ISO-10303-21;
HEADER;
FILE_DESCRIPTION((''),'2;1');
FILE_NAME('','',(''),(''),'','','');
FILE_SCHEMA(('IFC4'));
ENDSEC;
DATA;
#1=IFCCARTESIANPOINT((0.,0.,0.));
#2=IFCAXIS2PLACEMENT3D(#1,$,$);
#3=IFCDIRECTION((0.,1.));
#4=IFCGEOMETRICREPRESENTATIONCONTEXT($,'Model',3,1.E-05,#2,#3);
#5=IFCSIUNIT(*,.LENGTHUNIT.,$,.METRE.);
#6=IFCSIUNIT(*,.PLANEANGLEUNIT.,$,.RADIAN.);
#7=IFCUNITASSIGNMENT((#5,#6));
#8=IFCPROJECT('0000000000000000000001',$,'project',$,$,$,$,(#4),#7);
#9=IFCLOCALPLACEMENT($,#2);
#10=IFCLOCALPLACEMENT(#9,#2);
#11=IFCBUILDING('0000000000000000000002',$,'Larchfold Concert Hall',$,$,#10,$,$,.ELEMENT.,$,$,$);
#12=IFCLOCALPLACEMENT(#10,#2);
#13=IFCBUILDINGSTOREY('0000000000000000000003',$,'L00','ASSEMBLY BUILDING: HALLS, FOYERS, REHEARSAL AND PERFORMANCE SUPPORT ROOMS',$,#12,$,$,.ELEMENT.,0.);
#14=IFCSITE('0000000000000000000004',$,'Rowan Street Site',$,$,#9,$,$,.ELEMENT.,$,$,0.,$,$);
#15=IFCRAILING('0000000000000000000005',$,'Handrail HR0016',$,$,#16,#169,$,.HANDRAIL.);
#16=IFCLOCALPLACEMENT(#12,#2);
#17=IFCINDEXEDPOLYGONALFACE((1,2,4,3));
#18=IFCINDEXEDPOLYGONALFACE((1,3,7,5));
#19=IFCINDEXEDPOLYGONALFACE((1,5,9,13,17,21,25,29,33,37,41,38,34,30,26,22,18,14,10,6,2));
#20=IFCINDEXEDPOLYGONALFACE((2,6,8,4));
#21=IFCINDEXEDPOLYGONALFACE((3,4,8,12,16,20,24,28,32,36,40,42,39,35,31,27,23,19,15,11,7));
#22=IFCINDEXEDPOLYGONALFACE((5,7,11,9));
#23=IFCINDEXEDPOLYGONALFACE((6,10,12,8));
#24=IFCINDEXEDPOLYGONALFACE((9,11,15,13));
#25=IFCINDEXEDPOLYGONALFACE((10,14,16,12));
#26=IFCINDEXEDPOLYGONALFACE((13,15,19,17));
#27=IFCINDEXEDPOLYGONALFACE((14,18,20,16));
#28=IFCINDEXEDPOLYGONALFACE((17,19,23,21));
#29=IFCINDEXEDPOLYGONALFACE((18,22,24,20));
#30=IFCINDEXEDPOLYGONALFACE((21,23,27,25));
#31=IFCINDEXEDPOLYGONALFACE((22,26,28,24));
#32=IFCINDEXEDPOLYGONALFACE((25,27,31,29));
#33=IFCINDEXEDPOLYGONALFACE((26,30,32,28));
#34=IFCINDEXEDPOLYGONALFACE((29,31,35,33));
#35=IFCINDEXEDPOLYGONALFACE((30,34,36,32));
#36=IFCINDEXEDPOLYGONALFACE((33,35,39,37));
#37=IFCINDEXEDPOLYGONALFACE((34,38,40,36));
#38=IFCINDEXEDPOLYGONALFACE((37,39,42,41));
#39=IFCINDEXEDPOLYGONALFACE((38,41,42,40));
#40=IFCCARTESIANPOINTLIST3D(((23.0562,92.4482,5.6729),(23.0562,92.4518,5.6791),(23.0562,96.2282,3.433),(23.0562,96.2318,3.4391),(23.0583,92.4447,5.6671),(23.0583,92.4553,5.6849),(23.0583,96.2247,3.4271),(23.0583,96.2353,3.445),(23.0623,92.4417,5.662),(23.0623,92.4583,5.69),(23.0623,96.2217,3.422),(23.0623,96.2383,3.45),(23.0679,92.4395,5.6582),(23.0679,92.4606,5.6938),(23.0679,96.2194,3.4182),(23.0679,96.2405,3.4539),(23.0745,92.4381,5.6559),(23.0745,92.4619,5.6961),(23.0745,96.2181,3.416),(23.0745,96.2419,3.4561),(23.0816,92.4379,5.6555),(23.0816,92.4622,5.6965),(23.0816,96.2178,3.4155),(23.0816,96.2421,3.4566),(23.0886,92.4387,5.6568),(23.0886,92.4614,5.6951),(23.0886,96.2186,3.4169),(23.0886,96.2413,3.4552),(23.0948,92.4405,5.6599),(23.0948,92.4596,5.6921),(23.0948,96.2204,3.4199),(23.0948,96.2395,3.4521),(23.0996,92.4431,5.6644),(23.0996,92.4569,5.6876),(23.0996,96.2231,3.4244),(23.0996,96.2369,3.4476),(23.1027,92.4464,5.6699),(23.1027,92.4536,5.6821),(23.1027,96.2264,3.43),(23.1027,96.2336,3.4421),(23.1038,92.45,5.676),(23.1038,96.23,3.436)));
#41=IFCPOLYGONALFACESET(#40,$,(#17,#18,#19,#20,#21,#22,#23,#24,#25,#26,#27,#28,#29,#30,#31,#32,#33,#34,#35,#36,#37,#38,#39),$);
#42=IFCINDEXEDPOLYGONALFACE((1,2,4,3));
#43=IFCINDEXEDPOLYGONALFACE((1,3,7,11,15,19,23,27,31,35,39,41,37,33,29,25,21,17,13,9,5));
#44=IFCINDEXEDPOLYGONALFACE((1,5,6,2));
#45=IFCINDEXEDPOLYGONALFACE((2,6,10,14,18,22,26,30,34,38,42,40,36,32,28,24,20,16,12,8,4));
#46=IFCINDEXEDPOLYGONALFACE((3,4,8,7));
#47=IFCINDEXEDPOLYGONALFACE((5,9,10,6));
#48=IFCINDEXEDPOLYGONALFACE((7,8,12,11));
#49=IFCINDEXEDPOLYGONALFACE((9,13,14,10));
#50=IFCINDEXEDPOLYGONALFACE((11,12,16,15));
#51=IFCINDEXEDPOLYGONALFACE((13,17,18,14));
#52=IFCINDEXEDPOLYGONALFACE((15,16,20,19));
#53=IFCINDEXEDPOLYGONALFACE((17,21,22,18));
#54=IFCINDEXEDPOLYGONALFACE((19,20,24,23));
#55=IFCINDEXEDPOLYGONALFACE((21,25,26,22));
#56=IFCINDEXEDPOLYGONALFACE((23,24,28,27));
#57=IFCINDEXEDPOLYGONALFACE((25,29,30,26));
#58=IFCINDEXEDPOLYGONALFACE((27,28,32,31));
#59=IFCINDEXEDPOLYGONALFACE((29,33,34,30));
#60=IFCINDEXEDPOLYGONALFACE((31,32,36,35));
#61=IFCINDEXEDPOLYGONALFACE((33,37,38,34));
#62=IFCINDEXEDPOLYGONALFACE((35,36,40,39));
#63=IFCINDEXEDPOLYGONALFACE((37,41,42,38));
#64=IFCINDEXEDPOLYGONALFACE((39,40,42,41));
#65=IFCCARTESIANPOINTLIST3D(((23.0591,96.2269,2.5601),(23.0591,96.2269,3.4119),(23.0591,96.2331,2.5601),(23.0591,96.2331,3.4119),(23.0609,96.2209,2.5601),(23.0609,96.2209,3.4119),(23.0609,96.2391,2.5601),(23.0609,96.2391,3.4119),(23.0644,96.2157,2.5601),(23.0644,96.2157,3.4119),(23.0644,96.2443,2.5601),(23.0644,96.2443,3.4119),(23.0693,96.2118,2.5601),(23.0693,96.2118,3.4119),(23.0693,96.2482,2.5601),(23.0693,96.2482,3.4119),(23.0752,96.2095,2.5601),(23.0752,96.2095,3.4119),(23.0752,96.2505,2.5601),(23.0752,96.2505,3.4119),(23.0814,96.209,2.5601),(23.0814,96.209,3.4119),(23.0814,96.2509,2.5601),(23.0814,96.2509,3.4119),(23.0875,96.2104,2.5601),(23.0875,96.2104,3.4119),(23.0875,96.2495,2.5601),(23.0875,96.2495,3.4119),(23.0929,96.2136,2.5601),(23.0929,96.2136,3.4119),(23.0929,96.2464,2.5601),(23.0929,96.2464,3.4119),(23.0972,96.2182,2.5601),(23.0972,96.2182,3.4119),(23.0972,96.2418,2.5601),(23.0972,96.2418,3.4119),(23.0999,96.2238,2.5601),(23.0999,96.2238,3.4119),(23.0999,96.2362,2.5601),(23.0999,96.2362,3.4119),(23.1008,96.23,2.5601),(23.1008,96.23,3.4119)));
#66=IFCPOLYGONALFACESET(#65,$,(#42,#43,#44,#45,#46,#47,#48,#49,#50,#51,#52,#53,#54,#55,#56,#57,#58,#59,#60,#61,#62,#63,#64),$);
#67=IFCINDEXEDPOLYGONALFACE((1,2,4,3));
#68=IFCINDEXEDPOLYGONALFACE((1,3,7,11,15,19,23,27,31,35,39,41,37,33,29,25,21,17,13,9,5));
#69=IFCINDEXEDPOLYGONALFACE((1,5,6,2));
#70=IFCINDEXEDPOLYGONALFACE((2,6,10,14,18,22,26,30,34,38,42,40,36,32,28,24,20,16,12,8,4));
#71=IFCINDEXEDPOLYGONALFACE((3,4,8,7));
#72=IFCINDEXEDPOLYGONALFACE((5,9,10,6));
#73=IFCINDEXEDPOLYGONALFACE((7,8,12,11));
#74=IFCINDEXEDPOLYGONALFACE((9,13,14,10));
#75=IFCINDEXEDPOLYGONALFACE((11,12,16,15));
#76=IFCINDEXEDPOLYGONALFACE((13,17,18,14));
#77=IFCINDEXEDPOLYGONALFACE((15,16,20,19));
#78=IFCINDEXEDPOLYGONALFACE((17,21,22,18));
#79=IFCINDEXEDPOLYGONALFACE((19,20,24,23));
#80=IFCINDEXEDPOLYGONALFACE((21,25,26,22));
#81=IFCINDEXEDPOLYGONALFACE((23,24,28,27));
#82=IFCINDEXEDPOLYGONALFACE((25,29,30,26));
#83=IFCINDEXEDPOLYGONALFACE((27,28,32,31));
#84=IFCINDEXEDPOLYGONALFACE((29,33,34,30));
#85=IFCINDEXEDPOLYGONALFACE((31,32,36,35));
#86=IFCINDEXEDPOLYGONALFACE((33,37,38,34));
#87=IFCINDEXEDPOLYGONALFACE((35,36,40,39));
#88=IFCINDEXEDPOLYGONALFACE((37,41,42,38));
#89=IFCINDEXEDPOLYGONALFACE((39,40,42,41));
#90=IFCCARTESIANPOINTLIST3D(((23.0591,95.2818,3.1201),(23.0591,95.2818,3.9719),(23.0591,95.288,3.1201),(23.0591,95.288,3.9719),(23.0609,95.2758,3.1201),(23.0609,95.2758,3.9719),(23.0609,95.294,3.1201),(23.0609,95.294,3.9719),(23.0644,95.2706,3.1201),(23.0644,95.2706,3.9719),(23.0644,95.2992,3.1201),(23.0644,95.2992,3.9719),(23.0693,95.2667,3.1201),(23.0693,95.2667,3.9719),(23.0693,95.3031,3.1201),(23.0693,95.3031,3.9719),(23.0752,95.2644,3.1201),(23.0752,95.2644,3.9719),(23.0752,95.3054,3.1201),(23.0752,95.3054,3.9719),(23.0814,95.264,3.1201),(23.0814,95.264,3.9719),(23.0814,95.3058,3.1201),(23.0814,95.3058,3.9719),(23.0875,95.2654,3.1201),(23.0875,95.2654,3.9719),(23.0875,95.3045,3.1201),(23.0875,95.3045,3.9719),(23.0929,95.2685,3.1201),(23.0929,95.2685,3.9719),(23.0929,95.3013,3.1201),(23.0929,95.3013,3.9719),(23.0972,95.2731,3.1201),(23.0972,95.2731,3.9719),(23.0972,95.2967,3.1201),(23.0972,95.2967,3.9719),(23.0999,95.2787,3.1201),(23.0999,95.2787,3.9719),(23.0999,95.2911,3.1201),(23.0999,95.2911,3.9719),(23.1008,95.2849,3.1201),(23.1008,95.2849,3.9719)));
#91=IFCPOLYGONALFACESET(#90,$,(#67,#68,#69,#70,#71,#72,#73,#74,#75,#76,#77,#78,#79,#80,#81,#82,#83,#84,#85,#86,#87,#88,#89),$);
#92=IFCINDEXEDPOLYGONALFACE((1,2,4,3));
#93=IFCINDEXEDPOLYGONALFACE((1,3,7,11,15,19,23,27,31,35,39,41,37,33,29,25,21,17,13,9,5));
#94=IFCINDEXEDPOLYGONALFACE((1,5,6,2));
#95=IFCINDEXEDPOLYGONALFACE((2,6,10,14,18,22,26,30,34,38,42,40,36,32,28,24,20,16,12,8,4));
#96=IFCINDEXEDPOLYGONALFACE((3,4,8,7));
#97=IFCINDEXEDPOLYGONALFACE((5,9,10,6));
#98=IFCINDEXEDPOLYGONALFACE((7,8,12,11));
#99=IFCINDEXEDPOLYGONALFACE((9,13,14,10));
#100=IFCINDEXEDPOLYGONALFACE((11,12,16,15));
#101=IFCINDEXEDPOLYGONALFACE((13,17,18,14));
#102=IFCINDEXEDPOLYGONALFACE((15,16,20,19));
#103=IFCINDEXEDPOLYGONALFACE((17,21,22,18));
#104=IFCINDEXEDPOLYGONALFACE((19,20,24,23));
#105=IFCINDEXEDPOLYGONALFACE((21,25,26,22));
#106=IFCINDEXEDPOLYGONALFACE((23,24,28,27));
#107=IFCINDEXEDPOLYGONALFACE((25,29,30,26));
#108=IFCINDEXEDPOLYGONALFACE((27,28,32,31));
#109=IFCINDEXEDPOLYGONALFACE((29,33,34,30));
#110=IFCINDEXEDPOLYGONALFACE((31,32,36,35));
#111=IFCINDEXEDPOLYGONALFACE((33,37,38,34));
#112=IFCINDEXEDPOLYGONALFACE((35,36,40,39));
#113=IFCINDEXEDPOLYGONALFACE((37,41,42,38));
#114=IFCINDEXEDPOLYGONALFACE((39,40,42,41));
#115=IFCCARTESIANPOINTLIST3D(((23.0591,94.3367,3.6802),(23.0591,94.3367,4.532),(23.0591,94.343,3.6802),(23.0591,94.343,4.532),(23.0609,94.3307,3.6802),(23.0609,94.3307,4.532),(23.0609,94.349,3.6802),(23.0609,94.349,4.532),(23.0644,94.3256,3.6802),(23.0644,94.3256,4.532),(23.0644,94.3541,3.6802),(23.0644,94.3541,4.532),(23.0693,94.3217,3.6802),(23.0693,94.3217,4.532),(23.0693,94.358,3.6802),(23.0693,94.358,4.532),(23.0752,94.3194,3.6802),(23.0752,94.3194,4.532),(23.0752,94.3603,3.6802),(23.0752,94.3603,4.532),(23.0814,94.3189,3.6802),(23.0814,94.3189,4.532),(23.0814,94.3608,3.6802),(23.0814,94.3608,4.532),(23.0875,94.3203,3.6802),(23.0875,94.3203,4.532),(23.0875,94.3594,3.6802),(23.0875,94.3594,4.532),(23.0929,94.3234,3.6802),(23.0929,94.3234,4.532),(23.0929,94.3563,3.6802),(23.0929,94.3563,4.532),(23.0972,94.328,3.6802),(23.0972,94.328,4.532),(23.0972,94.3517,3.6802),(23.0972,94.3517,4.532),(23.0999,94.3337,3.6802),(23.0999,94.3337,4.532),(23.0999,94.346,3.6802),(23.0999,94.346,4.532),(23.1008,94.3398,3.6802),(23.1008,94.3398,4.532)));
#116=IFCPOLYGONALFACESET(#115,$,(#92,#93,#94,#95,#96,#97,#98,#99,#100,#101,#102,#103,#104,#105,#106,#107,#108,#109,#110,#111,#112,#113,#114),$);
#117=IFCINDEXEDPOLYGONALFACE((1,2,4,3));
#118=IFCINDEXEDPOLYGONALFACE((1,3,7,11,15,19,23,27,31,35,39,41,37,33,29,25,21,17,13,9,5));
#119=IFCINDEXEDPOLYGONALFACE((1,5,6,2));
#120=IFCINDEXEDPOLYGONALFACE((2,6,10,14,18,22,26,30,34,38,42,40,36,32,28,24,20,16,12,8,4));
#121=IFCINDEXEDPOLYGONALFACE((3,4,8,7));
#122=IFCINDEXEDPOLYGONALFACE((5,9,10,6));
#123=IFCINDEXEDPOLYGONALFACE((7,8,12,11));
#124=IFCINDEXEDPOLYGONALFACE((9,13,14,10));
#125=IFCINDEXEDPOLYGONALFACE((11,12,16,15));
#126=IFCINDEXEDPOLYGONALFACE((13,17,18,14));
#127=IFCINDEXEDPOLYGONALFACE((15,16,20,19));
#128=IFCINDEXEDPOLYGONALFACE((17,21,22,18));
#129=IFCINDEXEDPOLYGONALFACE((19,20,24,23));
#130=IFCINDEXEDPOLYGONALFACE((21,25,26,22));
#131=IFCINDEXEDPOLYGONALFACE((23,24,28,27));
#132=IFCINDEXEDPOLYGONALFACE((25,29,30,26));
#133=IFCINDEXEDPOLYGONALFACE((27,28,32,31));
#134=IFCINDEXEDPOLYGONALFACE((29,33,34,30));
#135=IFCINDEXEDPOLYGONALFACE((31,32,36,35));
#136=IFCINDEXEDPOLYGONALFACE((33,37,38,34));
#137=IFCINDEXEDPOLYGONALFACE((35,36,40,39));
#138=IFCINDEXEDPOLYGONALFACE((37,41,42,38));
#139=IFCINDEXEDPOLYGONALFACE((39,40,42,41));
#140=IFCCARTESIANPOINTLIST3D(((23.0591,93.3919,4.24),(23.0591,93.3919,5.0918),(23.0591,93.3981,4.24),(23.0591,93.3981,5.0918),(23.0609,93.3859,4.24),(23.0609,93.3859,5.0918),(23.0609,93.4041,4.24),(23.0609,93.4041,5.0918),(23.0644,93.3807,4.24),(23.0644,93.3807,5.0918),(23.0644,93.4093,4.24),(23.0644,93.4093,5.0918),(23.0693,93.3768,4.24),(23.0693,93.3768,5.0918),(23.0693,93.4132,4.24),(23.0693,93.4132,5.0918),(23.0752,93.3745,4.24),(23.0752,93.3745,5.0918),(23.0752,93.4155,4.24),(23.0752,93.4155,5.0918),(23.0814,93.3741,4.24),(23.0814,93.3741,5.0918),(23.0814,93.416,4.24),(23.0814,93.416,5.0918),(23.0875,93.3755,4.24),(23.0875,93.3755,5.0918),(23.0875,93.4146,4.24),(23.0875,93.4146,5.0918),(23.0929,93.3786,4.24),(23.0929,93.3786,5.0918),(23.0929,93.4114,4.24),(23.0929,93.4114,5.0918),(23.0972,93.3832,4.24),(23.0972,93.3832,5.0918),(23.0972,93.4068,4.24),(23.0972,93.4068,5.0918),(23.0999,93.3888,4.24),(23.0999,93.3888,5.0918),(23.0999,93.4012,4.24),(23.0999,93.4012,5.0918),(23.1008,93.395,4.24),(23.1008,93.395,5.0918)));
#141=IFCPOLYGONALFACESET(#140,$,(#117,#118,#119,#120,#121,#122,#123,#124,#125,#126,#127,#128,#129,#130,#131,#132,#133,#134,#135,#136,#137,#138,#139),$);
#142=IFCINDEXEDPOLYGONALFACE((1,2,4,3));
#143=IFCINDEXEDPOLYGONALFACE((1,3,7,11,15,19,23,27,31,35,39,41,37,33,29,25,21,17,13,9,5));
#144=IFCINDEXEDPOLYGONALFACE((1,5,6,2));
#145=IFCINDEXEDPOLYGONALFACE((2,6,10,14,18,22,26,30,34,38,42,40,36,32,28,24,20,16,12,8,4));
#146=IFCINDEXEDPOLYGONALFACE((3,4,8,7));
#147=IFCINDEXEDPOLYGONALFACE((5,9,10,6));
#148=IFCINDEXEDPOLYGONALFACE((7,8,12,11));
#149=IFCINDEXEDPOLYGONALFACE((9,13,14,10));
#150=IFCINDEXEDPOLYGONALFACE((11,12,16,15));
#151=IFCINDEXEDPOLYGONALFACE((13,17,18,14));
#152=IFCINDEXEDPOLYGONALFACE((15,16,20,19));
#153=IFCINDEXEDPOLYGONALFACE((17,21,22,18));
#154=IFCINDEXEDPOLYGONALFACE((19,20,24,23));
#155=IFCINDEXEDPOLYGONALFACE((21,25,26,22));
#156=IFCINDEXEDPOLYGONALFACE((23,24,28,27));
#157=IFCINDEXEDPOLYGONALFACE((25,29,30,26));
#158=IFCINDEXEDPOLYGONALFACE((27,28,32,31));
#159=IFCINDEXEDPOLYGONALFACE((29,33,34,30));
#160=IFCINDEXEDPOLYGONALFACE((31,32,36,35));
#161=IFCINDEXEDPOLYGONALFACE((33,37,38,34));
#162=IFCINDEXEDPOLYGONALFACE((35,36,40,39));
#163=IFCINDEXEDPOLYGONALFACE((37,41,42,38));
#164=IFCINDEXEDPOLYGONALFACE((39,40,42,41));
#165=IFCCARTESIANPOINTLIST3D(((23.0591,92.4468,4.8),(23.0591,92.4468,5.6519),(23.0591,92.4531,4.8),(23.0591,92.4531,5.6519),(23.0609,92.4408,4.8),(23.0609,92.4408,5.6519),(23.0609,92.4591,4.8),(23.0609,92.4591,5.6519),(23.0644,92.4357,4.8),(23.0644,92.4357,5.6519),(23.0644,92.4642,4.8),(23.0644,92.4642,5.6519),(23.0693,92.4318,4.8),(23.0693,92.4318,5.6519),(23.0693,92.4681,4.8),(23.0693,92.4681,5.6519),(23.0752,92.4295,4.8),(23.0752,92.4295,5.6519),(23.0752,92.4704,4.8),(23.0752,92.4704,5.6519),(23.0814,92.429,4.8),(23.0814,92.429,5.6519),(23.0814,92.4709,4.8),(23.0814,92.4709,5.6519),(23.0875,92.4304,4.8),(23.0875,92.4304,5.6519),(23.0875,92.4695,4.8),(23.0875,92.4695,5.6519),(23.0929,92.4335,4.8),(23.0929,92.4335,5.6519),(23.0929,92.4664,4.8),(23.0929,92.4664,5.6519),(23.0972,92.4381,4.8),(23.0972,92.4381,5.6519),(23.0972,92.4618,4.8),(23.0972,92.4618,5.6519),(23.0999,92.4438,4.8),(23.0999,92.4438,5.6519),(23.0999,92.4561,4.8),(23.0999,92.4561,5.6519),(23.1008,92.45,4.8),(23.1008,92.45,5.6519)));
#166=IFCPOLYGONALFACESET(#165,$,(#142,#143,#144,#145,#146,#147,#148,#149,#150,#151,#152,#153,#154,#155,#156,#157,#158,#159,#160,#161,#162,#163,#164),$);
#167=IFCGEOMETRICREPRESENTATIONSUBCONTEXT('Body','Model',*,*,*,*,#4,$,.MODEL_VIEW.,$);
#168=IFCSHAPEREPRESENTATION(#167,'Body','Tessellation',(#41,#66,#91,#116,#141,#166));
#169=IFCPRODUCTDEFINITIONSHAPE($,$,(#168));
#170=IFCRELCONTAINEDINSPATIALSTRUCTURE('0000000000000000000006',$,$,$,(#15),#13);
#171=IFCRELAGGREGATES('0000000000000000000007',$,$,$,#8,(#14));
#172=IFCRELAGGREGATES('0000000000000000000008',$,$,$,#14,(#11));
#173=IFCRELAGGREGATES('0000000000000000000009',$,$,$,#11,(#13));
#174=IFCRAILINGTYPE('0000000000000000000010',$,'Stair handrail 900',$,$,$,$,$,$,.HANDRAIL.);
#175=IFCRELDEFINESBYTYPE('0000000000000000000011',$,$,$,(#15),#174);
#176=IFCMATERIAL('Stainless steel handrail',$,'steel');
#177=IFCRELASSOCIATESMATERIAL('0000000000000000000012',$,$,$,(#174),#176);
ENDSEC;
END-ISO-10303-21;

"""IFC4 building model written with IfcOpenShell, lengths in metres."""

from ifc_helpers import new_model, si_unit, direction, frame, origin, origin_2d, place, context, subcontext, project, spatial, circle, extrude, material, type_object, element, save


model = new_model("IFC4")

# Units and contexts
model_context = context("Model", 3, precision=1e-05, world=origin(), true_north=direction((0.0, 1.0)))
body_context = subcontext(model_context, "Body", "Model", "MODEL_VIEW")
ifc_project = project(units=[si_unit("LENGTHUNIT", "METRE"), si_unit("PLANEANGLEUNIT", "RADIAN")], contexts=[model_context])

# Site, building, storey
site_placement = place(None, origin())
site = spatial("IfcSite", under=ifc_project, at=site_placement, Name="Rowan Street Site", CompositionType="ELEMENT", RefElevation=0.0)
building_placement = place(site_placement, origin())
building = spatial("IfcBuilding", under=site, at=building_placement, Name="Larchfold Concert Hall", CompositionType="ELEMENT")
storey_placement = place(building_placement, origin())
storey = spatial("IfcBuildingStorey", under=building, at=storey_placement, Name="L00", Description="ASSEMBLY BUILDING: HALLS, FOYERS, REHEARSAL AND PERFORMANCE SUPPORT ROOMS", CompositionType="ELEMENT", Elevation=0.0)

# Railing
ifc_material_1 = material(Name="Stainless steel handrail", Category="steel")
railing_type_1 = type_object("IfcRailingType", Name="Stair handrail 900", PredefinedType="HANDRAIL", material=ifc_material_1)
railing_1_placement = place(storey_placement, frame((23.0798, 96.23, 2.5601)))
element("IfcRailing", 1, at=railing_1_placement, inside=storey, type_object=railing_type_1, Name="Handrail HR0016", PredefinedType="HANDRAIL", context=body_context, shape_type="SweptSolid", body=[
    extrude(circle(Radius=0.0239, at=origin_2d()), frame((0.0, 0.0, 0.876), z_axis=(0.0, -0.860294, 0.509798), x_axis=(1.0, 0.0, 0.0)), (0.0, 0.0, 1.0), 4.3938),
    extrude(circle(Radius=0.021, at=origin_2d()), origin(), (0.0, 0.0, 1.0), 0.8518),
    extrude(circle(Radius=0.021, at=origin_2d()), frame((0.0, -0.9451, 0.5601)), (0.0, 0.0, 1.0), 0.8518),
    extrude(circle(Radius=0.021, at=origin_2d()), frame((0.0, -1.8901, 1.1201)), (0.0, 0.0, 1.0), 0.8518),
    extrude(circle(Radius=0.021, at=origin_2d()), frame((0.0, -2.835, 1.6799)), (0.0, 0.0, 1.0), 0.8518),
    extrude(circle(Radius=0.021, at=origin_2d()), frame((0.0, -3.78, 2.24)), (0.0, 0.0, 1.0), 0.8518),
])

save(model, "model.ifc")
